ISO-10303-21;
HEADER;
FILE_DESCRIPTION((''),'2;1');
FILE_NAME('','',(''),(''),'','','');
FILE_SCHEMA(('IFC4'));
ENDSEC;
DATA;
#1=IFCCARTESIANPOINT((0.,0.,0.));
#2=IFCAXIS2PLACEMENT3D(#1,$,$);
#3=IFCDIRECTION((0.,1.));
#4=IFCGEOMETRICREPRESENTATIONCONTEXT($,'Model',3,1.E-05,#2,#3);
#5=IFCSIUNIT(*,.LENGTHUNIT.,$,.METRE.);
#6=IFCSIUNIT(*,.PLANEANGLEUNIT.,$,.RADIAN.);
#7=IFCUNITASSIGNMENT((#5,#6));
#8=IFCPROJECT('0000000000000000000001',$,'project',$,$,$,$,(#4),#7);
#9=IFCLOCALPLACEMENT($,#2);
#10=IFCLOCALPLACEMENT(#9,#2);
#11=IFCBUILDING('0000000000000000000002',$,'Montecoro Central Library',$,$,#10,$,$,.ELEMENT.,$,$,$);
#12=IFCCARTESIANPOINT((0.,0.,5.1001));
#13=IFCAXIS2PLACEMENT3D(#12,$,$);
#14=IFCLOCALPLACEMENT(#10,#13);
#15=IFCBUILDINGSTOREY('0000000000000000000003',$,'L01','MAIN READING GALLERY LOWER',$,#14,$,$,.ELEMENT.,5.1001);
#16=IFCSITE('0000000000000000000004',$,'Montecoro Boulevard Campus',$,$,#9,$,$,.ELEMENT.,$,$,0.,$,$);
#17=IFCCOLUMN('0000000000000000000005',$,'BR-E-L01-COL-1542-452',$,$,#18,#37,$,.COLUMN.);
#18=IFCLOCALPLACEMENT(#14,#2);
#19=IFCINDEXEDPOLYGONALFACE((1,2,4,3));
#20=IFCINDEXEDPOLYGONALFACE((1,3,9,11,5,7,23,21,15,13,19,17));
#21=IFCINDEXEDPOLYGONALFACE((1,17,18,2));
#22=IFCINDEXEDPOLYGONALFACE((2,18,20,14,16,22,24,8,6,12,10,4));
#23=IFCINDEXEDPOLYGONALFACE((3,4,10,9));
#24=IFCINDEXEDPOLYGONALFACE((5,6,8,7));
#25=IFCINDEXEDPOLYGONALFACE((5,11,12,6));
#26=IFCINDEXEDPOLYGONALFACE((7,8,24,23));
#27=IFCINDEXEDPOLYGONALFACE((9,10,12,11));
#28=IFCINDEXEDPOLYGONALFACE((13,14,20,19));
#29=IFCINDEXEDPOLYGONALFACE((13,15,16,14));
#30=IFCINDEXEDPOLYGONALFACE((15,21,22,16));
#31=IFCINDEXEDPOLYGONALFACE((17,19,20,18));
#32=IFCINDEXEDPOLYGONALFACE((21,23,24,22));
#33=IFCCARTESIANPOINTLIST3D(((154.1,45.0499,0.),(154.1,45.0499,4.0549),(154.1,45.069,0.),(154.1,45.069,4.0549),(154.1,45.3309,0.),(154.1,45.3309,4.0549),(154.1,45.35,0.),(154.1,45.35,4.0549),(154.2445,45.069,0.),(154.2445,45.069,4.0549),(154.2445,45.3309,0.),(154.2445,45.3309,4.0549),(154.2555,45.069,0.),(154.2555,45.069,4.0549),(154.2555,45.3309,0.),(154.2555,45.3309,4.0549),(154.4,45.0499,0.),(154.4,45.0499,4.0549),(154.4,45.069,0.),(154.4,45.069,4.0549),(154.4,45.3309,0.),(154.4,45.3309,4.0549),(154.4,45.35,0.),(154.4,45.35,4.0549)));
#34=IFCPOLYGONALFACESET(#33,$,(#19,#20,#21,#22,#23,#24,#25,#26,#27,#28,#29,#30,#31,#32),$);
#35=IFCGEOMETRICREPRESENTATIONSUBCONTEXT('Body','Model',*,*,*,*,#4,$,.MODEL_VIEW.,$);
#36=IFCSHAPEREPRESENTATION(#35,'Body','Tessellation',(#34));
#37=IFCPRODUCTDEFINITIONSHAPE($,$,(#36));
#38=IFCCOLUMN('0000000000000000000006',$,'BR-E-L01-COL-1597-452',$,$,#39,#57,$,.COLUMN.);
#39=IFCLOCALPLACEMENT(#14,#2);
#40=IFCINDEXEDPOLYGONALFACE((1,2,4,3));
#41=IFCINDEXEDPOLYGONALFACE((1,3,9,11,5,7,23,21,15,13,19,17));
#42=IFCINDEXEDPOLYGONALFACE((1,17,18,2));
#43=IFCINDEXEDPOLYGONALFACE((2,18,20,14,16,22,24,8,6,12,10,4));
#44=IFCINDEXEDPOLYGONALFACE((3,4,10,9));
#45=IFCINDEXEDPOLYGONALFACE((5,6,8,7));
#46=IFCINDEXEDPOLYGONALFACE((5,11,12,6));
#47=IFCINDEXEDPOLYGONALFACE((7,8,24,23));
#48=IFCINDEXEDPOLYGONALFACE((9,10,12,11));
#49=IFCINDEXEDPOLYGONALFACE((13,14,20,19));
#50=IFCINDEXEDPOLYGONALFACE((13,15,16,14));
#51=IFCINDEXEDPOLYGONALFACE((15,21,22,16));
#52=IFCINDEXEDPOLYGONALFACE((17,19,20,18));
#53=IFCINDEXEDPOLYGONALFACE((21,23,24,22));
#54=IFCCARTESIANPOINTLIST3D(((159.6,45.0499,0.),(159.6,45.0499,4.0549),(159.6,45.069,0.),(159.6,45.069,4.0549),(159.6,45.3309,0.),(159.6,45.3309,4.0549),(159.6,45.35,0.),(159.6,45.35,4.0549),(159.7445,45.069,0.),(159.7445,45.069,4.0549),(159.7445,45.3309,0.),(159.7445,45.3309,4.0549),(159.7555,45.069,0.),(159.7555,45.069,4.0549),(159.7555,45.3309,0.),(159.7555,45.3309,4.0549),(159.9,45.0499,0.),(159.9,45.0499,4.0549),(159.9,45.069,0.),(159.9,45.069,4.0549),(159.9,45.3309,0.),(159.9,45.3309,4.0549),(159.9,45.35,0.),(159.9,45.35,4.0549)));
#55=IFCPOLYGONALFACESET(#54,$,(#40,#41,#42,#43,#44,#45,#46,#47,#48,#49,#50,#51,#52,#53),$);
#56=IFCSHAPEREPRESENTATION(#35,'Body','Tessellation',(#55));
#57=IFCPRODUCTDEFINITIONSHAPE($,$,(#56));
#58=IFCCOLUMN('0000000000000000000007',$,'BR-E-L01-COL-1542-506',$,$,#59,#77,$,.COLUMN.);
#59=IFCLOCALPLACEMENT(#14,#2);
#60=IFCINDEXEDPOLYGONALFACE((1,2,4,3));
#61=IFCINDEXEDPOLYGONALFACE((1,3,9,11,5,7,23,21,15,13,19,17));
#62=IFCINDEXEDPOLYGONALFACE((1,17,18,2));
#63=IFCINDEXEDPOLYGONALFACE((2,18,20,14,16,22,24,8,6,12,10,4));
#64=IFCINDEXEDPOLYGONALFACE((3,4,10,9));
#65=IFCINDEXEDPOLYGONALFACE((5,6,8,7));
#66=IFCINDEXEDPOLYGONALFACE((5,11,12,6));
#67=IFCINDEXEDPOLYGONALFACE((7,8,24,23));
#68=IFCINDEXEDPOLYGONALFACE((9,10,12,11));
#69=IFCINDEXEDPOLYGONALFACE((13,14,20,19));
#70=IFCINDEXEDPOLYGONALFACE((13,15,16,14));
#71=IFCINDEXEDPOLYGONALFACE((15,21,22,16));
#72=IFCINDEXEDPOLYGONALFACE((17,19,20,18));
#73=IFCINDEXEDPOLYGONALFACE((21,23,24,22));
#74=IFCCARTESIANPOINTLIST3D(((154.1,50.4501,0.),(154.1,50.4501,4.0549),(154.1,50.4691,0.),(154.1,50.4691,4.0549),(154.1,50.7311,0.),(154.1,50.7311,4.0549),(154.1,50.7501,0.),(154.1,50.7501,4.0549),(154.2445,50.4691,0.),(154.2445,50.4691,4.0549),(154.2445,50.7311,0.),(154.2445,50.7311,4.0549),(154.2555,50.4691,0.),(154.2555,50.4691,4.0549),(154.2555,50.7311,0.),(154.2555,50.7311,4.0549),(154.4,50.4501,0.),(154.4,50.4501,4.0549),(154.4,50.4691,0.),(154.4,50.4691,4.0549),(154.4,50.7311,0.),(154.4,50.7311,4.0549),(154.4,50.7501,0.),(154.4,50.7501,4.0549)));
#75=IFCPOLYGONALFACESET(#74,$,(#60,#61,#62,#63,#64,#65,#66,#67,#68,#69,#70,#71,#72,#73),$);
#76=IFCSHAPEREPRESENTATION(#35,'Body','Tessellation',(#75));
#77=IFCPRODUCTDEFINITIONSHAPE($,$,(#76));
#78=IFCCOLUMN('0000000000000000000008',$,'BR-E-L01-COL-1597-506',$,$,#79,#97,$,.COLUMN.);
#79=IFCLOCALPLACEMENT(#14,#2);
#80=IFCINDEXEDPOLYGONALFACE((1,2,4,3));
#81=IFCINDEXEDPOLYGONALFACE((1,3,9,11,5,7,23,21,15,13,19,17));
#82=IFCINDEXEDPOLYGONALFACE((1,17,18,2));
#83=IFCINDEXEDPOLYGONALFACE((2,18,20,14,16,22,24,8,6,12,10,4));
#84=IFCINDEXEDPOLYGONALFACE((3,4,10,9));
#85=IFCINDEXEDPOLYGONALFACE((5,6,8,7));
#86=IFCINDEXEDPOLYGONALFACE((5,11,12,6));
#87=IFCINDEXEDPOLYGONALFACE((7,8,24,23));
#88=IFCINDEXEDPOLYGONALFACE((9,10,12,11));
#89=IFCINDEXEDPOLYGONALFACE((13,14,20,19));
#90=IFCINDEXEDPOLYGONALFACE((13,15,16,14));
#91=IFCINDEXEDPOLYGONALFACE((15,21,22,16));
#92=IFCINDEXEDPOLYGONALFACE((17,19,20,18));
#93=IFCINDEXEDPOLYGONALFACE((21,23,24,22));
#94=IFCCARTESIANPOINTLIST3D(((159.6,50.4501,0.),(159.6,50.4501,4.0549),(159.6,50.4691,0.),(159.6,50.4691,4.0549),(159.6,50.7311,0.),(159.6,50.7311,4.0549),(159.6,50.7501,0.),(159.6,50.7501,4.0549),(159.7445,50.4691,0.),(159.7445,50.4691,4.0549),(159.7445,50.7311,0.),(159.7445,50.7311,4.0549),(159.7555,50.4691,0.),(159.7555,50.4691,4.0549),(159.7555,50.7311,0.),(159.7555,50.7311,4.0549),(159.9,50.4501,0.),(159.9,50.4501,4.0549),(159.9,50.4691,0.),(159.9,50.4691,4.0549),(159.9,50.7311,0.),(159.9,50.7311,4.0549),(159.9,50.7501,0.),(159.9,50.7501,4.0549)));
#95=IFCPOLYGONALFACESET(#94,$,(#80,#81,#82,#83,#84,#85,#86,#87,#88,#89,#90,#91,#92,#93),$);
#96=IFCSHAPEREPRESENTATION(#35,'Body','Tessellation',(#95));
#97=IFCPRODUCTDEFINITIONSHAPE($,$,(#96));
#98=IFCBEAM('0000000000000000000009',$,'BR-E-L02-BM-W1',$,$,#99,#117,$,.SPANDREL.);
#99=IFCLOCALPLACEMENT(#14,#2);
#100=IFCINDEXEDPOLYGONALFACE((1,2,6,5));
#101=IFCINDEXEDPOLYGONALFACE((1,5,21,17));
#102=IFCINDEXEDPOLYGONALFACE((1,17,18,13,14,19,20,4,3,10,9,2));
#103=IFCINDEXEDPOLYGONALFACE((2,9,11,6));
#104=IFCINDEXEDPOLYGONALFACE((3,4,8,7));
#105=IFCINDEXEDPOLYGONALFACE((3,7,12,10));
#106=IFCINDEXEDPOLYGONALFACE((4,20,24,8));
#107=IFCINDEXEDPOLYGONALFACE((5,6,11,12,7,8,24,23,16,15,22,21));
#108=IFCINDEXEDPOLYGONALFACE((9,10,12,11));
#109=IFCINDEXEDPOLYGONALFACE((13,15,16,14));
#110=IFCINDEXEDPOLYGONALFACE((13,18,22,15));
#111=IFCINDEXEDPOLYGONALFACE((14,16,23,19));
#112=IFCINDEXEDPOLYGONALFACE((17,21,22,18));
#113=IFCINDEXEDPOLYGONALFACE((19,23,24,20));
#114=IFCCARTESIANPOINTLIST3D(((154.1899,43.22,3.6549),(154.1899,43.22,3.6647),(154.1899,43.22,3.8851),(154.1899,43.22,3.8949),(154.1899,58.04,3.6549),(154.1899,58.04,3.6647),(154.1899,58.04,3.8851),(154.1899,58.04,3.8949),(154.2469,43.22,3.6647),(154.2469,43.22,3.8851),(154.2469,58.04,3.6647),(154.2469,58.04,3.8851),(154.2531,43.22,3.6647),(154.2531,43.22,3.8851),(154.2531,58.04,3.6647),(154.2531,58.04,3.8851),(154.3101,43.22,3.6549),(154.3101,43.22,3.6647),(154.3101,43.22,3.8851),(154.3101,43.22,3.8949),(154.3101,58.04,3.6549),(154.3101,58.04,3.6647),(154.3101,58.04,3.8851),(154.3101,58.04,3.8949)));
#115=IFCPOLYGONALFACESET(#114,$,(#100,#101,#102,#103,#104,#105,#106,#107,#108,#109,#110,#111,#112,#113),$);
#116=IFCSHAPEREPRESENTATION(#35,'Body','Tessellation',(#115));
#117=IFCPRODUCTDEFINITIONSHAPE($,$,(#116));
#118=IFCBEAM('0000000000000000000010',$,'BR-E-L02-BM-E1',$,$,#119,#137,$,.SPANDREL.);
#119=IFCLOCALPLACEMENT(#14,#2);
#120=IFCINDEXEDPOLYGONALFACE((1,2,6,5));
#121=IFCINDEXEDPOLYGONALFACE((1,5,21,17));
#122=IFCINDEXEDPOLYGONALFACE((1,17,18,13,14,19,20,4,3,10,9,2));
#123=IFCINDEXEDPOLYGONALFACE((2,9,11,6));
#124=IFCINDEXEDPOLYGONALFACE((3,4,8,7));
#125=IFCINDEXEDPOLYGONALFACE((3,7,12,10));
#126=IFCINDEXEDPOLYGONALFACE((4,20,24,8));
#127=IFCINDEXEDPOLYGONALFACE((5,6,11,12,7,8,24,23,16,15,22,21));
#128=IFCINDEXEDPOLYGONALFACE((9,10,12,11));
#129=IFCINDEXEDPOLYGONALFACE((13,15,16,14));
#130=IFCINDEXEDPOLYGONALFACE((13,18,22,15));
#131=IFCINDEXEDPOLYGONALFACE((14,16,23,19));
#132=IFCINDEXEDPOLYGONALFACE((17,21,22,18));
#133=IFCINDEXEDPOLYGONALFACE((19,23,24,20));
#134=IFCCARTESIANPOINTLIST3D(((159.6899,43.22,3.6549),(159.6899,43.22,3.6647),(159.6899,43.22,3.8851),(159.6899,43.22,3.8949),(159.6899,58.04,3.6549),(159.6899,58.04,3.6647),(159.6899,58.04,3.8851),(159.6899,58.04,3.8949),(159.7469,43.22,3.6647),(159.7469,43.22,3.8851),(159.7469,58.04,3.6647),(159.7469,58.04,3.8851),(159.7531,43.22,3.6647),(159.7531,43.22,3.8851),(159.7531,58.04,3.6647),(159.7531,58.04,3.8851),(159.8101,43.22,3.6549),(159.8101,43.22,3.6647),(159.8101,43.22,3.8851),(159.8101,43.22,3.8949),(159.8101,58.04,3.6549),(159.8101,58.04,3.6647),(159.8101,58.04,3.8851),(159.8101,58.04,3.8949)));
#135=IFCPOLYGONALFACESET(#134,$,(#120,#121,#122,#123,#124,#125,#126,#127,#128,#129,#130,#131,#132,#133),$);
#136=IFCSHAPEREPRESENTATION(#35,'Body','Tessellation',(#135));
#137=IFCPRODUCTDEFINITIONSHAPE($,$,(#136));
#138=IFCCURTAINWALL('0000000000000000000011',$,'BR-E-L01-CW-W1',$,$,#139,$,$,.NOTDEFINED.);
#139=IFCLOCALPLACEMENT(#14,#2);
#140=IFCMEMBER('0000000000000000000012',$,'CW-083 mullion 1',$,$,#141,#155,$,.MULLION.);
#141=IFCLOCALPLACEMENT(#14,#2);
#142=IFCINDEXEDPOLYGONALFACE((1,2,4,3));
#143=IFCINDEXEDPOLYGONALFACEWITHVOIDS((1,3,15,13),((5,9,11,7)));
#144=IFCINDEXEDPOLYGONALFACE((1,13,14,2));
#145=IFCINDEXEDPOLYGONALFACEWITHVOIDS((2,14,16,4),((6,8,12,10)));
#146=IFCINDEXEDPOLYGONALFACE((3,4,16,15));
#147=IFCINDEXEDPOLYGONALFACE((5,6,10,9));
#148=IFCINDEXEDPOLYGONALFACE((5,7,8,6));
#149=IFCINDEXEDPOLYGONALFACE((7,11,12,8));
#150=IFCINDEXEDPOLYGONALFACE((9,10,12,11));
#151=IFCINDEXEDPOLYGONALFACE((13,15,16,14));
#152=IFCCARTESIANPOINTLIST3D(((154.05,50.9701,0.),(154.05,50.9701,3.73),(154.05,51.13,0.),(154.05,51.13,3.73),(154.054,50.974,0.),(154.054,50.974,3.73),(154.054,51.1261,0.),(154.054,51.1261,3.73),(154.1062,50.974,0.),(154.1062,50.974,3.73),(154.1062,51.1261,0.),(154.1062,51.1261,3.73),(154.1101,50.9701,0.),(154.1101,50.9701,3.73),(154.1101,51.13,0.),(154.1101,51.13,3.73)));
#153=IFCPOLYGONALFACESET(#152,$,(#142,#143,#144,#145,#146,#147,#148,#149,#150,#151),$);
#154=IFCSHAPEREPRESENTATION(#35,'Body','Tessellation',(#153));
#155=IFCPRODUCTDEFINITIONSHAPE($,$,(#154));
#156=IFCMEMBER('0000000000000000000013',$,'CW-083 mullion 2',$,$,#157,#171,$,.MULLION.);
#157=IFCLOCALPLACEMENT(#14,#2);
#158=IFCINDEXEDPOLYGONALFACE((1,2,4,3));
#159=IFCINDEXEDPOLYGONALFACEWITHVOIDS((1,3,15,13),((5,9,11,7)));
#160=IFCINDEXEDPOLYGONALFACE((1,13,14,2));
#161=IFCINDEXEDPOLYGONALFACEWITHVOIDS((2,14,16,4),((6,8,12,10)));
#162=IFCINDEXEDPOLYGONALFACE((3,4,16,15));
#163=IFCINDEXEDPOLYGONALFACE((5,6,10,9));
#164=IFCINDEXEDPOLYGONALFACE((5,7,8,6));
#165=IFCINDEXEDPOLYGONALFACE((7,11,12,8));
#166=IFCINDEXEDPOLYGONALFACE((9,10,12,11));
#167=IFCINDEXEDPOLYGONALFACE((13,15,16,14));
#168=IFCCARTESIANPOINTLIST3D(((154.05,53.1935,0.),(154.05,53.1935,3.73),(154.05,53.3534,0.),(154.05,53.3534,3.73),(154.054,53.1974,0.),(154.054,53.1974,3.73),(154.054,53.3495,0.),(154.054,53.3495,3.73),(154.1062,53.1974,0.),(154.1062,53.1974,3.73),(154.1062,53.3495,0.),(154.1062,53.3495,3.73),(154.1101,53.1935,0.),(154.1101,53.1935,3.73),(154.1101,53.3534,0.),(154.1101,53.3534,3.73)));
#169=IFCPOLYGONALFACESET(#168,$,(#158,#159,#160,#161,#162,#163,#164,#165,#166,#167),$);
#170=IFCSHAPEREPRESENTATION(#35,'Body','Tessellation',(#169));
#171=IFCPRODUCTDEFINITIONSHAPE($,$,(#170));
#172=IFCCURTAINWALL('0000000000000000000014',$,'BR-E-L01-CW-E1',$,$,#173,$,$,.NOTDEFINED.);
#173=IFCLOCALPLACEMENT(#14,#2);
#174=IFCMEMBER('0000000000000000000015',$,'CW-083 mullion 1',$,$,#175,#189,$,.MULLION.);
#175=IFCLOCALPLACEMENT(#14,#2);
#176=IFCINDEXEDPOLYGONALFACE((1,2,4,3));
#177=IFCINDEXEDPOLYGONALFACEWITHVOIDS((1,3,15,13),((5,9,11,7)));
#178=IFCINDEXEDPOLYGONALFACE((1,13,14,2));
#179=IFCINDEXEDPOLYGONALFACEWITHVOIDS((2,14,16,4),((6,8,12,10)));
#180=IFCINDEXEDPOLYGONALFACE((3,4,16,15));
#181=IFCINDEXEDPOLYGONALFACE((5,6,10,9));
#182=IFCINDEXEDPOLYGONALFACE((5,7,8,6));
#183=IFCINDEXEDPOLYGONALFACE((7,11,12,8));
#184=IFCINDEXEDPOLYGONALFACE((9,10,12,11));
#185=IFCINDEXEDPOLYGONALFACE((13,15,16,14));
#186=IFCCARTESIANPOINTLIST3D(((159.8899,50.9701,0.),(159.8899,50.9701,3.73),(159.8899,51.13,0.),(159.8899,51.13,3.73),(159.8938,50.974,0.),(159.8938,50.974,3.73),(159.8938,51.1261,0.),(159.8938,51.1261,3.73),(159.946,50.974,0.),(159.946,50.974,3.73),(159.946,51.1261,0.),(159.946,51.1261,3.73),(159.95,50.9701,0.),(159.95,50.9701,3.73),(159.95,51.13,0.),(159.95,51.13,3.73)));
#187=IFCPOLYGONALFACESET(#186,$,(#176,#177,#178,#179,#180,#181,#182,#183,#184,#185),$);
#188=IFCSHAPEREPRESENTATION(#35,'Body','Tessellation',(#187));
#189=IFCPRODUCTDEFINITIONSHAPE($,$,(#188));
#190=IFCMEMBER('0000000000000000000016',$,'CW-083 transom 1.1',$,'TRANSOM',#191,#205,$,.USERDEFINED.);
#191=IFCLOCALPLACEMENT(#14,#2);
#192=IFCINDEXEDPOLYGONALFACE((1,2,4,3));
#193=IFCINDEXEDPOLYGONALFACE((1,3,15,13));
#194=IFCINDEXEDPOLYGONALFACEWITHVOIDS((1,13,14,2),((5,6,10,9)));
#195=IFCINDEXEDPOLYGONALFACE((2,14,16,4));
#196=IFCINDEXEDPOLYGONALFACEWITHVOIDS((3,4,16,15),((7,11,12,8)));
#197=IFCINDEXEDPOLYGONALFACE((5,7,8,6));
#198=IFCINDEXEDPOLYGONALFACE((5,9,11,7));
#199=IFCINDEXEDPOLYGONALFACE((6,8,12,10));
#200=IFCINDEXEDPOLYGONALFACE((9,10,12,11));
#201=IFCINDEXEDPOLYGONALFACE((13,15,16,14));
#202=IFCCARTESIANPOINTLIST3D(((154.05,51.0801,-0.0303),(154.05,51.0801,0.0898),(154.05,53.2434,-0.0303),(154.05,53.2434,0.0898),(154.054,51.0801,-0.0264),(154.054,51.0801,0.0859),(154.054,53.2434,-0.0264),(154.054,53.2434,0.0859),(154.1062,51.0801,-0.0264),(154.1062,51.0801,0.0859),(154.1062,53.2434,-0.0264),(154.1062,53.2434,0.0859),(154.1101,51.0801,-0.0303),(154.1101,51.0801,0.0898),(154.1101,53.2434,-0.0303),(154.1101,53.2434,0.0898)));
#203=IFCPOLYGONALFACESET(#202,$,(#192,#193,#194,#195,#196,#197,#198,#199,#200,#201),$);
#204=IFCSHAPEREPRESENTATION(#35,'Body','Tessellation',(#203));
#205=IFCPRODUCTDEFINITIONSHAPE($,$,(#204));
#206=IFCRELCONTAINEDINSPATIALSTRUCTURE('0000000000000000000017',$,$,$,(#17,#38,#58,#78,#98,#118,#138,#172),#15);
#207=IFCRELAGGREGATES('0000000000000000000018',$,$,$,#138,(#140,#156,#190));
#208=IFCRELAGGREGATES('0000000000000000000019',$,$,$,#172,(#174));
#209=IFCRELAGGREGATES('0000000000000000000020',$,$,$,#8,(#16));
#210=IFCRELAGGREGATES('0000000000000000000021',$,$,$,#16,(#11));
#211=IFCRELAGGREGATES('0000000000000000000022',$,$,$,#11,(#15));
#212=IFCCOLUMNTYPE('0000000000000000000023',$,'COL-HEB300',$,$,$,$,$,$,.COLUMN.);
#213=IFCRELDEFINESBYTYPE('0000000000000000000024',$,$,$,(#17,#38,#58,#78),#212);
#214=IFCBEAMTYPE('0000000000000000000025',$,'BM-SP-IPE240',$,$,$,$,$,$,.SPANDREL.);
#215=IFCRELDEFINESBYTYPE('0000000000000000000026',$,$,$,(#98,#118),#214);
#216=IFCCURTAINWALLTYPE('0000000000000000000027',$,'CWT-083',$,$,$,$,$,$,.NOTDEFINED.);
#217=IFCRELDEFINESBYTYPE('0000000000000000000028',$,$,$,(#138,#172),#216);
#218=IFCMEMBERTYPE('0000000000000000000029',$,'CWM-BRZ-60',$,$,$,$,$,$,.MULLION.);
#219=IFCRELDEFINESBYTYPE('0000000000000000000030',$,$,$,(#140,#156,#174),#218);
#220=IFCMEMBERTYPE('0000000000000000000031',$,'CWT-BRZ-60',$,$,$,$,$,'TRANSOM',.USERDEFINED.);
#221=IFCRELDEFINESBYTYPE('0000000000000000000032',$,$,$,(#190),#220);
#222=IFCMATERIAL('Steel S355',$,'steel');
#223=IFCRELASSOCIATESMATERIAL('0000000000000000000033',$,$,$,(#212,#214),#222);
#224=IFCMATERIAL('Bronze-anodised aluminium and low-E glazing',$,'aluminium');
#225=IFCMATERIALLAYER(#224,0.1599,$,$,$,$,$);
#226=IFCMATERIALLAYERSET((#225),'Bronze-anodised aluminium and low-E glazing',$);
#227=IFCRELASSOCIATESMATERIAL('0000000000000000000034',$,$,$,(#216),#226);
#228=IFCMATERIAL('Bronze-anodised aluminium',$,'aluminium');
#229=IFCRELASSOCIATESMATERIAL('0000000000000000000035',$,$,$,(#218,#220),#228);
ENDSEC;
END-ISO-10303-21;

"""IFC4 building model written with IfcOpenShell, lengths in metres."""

from ifc_helpers import new_model, si_unit, direction, frame, origin, origin_2d, place, context, subcontext, project, spatial, hollow_rectangle, i_section, extrude, material, layer, layer_set, material_profile, profile_set, type_object, element, aggregate, save


model = new_model("IFC4")

# Units and contexts
model_context = context("Model", 3, precision=1e-05, world=origin(), true_north=direction((0.0, 1.0)))
body_context = subcontext(model_context, "Body", "Model", "MODEL_VIEW")
ifc_project = project(units=[si_unit("LENGTHUNIT", "METRE"), si_unit("PLANEANGLEUNIT", "RADIAN")], contexts=[model_context])

# Site, building, storey
site_placement = place(None, origin())
site = spatial("IfcSite", under=ifc_project, at=site_placement, Name="Montecoro Boulevard Campus", CompositionType="ELEMENT", RefElevation=0.0)
building_placement = place(site_placement, origin())
building = spatial("IfcBuilding", under=site, at=building_placement, Name="Montecoro Central Library", CompositionType="ELEMENT")
storey_placement = place(building_placement, frame((0.0, 0.0, 5.1001)))
storey = spatial("IfcBuildingStorey", under=building, at=storey_placement, Name="L01", Description="MAIN READING GALLERY LOWER", CompositionType="ELEMENT", Elevation=5.1001)

# Columns
ifc_material_1 = material(Name="Steel S355", Category="steel")
ifc_material_profile_1 = material_profile(ifc_material_1, i_section(OverallWidth=0.3, OverallDepth=0.3, WebThickness=0.011, FlangeThickness=0.019, at=origin_2d()), Name="HEB 300")
ifc_profile_set_1 = profile_set([ifc_material_profile_1], Name="Steel S355")
column_type = type_object("IfcColumnType", Name="COL-HEB300", PredefinedType="COLUMN", material=ifc_profile_set_1)
for number, where, z_axis, x_axis, name in (
    (1, (154.25, 45.2, 0.0), (0.0, 0.0, 1.0), (1.0, 0.0, 0.0), "BR-E-L01-COL-1542-452"),
    (2, (159.75, 45.2, 0.0), (0.0, 0.0, 1.0), (1.0, 0.0, 0.0), "BR-E-L01-COL-1597-452"),
    (3, (154.25, 50.6001, 0.0), (0.0, 0.0, 1.0), (1.0, 0.0, 0.0), "BR-E-L01-COL-1542-506"),
    (4, (159.75, 50.6001, 0.0), (0.0, 0.0, 1.0), (1.0, 0.0, 0.0), "BR-E-L01-COL-1597-506"),
):
    element("IfcColumn", number, at=place(storey_placement, frame(where, z_axis=z_axis, x_axis=x_axis)), inside=storey, type_object=column_type, Name=name, PredefinedType="COLUMN", context=body_context, shape_type="SweptSolid", body=[
        extrude(i_section(OverallWidth=0.3, OverallDepth=0.3, WebThickness=0.011, FlangeThickness=0.019, at=origin_2d()), origin(), (0.0, 0.0, 1.0), 4.0549),
    ])

# Beams
ifc_material_profile_2 = material_profile(ifc_material_1, i_section(OverallWidth=0.1201, OverallDepth=0.24, WebThickness=0.0061, FlangeThickness=0.0098, at=origin_2d()), Name="IPE 240")
ifc_profile_set_2 = profile_set([ifc_material_profile_2], Name="Steel S355")
beam_type = type_object("IfcBeamType", Name="BM-SP-IPE240", PredefinedType="SPANDREL", material=ifc_profile_set_2)
for number, where, z_axis, x_axis, name in (
    (5, (154.25, 43.22, 3.7749), (0.0, 1.0, 0.0), (-1.0, 0.0, 0.0), "BR-E-L02-BM-W1"),
    (6, (159.75, 43.22, 3.7749), (0.0, 1.0, 0.0), (-1.0, 0.0, 0.0), "BR-E-L02-BM-E1"),
):
    element("IfcBeam", number, at=place(storey_placement, frame(where, z_axis=z_axis, x_axis=x_axis)), inside=storey, type_object=beam_type, Name=name, PredefinedType="SPANDREL", context=body_context, shape_type="SweptSolid", body=[
        extrude(i_section(OverallWidth=0.1201, OverallDepth=0.24, WebThickness=0.0061, FlangeThickness=0.0098, at=origin_2d()), origin(), (0.0, 0.0, 1.0), 14.8201),
    ])

# Curtain wall, members
ifc_material_2 = material(Name="Bronze-anodised aluminium and low-E glazing", Category="aluminium")
ifc_layer_1 = layer(ifc_material_2, 0.1599)
ifc_layer_set_1 = layer_set([ifc_layer_1], Name="Bronze-anodised aluminium and low-E glazing")
curtain_wall_type = type_object("IfcCurtainWallType", Name="CWT-083", PredefinedType="NOTDEFINED", material=ifc_layer_set_1)
curtain_wall_1_placement = place(storey_placement, origin())
curtain_wall_1 = element("IfcCurtainWall", 7, at=curtain_wall_1_placement, inside=storey, type_object=curtain_wall_type, Name="BR-E-L01-CW-W1", PredefinedType="NOTDEFINED")
ifc_material_3 = material(Name="Bronze-anodised aluminium", Category="aluminium")
ifc_material_profile_3 = material_profile(ifc_material_3, hollow_rectangle(XDim=0.0601, YDim=0.1599, WallThickness=0.0039, at=origin_2d()), Name="CWM 160x60x4.0")
ifc_profile_set_3 = profile_set([ifc_material_profile_3], Name="Bronze-anodised aluminium")
member_type_1 = type_object("IfcMemberType", Name="CWM-BRZ-60", PredefinedType="MULLION", material=ifc_profile_set_3)
member_1_placement = place(storey_placement, frame((154.0801, 51.05, 0.0), z_axis=(0.0, 0.0, 1.0), x_axis=(-1.0, 0.0, 0.0)))
member_1 = element("IfcMember", 8, at=member_1_placement, type_object=member_type_1, Name="CW-083 mullion 1", PredefinedType="MULLION", context=body_context, shape_type="SweptSolid", body=[
    extrude(hollow_rectangle(XDim=0.0601, YDim=0.1599, WallThickness=0.0039, at=origin_2d()), origin(), (0.0, 0.0, 1.0), 3.73),
])
member_2_placement = place(storey_placement, frame((154.0801, 53.2734, 0.0), z_axis=(0.0, 0.0, 1.0), x_axis=(-1.0, 0.0, 0.0)))
member_2 = element("IfcMember", 9, at=member_2_placement, type_object=member_type_1, Name="CW-083 mullion 2", PredefinedType="MULLION", context=body_context, shape_type="SweptSolid", body=[
    extrude(hollow_rectangle(XDim=0.0601, YDim=0.1599, WallThickness=0.0039, at=origin_2d()), origin(), (0.0, 0.0, 1.0), 3.73),
])

# Curtain wall, member
curtain_wall_2_placement = place(storey_placement, origin())
curtain_wall_2 = element("IfcCurtainWall", 10, at=curtain_wall_2_placement, inside=storey, type_object=curtain_wall_type, Name="BR-E-L01-CW-E1", PredefinedType="NOTDEFINED")
member_3_placement = place(storey_placement, frame((159.9199, 51.05, 0.0), z_axis=(0.0, 0.0, 1.0), x_axis=(-1.0, 0.0, 0.0)))
member_3 = element("IfcMember", 11, at=member_3_placement, type_object=member_type_1, Name="CW-083 mullion 1", PredefinedType="MULLION", context=body_context, shape_type="SweptSolid", body=[
    extrude(hollow_rectangle(XDim=0.0601, YDim=0.1599, WallThickness=0.0039, at=origin_2d()), origin(), (0.0, 0.0, 1.0), 3.73),
])

# Member
ifc_material_profile_4 = material_profile(ifc_material_3, hollow_rectangle(XDim=0.0601, YDim=0.1201, WallThickness=0.0039, at=origin_2d()), Name="CWT 120x60x4.0")
ifc_profile_set_4 = profile_set([ifc_material_profile_4], Name="Bronze-anodised aluminium")
member_type_2 = type_object("IfcMemberType", Name="CWT-BRZ-60", ElementType="TRANSOM", PredefinedType="USERDEFINED", material=ifc_profile_set_4)
member_4_placement = place(storey_placement, frame((154.0801, 51.0801, 0.0298), z_axis=(0.0, 1.0, 0.0), x_axis=(-1.0, 0.0, 0.0)))
member_4 = element("IfcMember", 12, at=member_4_placement, type_object=member_type_2, Name="CW-083 transom 1.1", ObjectType="TRANSOM", PredefinedType="USERDEFINED", context=body_context, shape_type="SweptSolid", body=[
    extrude(hollow_rectangle(XDim=0.0601, YDim=0.1201, WallThickness=0.0039, at=origin_2d()), origin(), (0.0, 0.0, 1.0), 2.1633),
])

aggregate(curtain_wall_1, [member_1, member_2, member_4])
aggregate(curtain_wall_2, [member_3])

save(model, "model.ifc")
